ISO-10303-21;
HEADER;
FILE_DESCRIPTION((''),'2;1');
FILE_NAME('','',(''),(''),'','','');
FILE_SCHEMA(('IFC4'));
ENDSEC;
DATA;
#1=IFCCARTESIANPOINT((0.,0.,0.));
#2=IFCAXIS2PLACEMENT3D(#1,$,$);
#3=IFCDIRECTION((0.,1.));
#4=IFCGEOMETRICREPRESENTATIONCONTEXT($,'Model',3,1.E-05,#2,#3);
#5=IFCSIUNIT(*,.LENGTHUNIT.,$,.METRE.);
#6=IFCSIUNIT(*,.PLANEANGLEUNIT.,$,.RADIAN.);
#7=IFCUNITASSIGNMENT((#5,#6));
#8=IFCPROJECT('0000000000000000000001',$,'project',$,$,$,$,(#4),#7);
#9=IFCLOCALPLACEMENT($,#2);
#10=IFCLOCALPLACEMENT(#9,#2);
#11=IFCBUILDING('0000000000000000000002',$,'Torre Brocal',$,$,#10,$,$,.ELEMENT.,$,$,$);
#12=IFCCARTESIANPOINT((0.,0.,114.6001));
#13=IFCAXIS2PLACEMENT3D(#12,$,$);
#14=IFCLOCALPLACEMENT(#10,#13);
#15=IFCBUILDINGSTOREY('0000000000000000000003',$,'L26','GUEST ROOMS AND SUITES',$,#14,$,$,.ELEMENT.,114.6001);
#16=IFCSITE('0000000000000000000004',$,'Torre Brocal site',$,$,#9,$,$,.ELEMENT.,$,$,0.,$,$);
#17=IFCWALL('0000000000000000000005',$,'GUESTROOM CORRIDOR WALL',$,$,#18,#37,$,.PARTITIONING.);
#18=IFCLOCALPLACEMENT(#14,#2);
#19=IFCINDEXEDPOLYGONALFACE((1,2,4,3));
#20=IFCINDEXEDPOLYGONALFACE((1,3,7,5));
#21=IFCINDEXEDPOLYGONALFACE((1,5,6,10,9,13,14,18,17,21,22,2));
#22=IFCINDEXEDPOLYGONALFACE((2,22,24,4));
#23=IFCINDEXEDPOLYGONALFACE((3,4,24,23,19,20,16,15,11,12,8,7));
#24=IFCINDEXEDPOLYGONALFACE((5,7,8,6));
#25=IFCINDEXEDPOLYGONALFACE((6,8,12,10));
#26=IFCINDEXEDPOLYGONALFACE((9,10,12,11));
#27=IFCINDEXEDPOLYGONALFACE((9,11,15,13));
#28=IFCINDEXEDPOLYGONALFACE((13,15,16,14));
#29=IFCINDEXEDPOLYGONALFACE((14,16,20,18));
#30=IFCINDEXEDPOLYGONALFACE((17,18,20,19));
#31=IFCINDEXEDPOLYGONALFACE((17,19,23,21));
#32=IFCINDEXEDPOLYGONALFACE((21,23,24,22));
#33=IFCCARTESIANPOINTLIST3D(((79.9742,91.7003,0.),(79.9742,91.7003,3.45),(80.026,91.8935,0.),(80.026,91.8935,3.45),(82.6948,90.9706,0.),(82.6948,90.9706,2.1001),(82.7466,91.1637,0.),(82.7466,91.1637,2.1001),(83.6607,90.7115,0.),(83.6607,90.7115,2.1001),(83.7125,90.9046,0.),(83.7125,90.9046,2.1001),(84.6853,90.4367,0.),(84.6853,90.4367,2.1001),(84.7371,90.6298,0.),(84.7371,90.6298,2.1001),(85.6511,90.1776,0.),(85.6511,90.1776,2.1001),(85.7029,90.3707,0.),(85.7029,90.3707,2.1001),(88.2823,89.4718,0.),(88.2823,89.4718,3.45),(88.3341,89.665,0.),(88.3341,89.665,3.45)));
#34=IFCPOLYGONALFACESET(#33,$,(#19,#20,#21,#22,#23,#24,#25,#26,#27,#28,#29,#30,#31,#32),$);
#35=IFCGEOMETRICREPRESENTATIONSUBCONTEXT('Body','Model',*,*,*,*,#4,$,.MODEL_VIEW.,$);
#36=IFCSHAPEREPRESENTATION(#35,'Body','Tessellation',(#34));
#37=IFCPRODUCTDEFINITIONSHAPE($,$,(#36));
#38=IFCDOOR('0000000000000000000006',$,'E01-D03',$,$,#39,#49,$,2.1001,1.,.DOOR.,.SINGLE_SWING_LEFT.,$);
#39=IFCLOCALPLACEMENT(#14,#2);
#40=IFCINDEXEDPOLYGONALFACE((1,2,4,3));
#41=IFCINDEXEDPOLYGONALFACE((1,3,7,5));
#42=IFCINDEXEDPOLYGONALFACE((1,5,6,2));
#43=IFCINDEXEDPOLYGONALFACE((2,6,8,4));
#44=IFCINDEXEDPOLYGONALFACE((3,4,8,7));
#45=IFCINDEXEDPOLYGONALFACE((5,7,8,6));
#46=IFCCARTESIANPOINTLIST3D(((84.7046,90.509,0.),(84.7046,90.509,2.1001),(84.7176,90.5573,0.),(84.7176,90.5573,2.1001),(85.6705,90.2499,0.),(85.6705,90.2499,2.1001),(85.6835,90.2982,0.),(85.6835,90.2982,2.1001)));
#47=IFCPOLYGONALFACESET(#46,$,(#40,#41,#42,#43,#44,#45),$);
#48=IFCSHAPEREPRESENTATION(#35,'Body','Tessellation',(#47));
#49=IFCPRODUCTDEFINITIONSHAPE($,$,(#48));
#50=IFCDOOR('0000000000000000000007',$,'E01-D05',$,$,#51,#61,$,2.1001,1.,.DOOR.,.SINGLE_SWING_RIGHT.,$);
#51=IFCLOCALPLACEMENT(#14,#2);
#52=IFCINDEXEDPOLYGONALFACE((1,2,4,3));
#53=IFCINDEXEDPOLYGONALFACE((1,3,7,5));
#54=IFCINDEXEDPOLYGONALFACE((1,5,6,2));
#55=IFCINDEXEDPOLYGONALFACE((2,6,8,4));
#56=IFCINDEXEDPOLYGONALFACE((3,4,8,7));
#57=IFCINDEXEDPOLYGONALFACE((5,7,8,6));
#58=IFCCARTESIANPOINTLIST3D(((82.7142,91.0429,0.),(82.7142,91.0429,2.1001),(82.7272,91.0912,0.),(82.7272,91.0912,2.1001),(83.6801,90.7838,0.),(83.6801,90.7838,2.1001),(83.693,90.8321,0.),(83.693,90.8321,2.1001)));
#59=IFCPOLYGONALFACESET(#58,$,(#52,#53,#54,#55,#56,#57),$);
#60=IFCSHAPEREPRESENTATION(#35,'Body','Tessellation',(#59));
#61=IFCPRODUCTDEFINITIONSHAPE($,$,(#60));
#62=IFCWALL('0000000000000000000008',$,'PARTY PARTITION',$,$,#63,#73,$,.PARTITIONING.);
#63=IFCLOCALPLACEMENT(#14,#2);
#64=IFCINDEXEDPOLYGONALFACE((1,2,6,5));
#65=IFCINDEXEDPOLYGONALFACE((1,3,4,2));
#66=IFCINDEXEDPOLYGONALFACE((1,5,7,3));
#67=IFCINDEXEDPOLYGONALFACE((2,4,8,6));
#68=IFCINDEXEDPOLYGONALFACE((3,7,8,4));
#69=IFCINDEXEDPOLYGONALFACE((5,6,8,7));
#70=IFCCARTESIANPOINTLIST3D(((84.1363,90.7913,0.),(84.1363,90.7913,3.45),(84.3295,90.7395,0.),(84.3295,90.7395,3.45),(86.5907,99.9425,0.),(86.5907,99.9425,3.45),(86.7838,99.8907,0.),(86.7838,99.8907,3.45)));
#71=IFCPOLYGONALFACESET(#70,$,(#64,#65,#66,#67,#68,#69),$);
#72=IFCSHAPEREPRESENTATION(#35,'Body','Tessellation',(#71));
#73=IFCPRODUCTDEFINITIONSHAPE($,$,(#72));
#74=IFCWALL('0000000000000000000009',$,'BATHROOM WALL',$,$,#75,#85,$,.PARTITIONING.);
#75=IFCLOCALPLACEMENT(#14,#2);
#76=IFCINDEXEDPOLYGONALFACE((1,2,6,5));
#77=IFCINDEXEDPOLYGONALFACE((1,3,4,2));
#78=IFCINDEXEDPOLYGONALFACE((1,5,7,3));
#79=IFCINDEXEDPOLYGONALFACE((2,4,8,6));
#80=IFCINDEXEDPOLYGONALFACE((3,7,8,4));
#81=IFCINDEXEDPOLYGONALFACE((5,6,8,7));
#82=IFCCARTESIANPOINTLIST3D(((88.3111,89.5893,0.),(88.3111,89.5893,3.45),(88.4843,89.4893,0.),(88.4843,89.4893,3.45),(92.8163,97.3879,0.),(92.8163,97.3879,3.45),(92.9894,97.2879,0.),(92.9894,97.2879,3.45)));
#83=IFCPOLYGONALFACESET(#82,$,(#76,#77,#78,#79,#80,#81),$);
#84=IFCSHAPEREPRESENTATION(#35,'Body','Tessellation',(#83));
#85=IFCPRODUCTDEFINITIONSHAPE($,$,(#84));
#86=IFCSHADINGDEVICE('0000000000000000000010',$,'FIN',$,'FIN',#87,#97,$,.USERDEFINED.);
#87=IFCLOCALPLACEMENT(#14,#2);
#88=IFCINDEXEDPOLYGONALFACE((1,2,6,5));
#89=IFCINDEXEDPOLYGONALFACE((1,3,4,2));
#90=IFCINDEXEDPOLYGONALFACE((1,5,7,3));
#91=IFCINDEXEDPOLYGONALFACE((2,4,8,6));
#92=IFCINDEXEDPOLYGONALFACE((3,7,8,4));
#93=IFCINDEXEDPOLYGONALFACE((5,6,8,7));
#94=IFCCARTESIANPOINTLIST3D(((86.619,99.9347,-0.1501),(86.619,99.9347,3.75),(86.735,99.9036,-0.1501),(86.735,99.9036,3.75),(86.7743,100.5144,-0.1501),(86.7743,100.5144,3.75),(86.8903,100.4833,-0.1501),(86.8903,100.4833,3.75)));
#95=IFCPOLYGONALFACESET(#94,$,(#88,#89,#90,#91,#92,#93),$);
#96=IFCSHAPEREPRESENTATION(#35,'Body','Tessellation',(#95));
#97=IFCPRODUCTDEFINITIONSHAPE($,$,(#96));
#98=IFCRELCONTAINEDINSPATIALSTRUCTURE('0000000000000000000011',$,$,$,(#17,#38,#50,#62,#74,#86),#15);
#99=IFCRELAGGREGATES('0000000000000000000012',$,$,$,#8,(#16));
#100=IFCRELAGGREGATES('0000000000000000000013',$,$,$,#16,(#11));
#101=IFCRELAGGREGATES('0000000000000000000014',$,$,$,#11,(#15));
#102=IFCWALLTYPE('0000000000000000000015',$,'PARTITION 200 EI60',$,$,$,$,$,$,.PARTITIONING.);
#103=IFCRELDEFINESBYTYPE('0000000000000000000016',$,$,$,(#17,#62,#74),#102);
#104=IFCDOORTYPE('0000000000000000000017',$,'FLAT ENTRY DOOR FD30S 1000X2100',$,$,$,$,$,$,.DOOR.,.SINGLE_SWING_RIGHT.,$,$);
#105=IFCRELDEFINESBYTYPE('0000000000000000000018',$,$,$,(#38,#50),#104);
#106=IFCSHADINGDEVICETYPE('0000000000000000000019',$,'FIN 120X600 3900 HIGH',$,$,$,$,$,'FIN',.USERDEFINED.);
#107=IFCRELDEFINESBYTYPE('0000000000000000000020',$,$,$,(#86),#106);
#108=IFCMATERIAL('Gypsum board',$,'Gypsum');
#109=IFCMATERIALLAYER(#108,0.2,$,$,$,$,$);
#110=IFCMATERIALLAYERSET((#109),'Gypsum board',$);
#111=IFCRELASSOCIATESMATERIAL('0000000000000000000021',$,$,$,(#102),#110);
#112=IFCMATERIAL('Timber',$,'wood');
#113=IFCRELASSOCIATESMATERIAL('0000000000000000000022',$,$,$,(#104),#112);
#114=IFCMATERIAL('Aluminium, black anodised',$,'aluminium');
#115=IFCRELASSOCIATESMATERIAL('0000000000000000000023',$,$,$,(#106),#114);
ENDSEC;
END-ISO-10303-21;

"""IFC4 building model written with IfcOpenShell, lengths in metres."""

from ifc_helpers import new_model, si_unit, direction, frame, frame_2d, origin, origin_2d, place, context, subcontext, project, spatial, rectangle, extrude, material, layer, layer_set, material_profile, profile_set, type_object, element, fill, save


model = new_model("IFC4")

# Units and contexts
model_context = context("Model", 3, precision=1e-05, world=origin(), true_north=direction((0.0, 1.0)))
body_context = subcontext(model_context, "Body", "Model", "MODEL_VIEW")
ifc_project = project(units=[si_unit("LENGTHUNIT", "METRE"), si_unit("PLANEANGLEUNIT", "RADIAN")], contexts=[model_context])

# Site, building, storey
site_placement = place(None, origin())
site = spatial("IfcSite", under=ifc_project, at=site_placement, Name="Torre Brocal site", CompositionType="ELEMENT", RefElevation=0.0)
building_placement = place(site_placement, origin())
building = spatial("IfcBuilding", under=site, at=building_placement, Name="Torre Brocal", CompositionType="ELEMENT")
storey_placement = place(building_placement, frame((0.0, 0.0, 114.6001)))
storey = spatial("IfcBuildingStorey", under=building, at=storey_placement, Name="L26", Description="GUEST ROOMS AND SUITES", CompositionType="ELEMENT", Elevation=114.6001)

# Shared definitions
ifc_material_1 = material(Name="Gypsum board", Category="Gypsum")
ifc_layer_1 = layer(ifc_material_1, 0.2)
ifc_layer_set_1 = layer_set([ifc_layer_1], Name="Gypsum board")
wall_type_1 = type_object("IfcWallType", Name="PARTITION 200 EI60", PredefinedType="PARTITIONING", material=ifc_layer_set_1)
ifc_material_2 = material(Name="Timber", Category="wood")
door_type_1 = type_object("IfcDoorType", Name="FLAT ENTRY DOOR FD30S 1000X2100", OperationType="SINGLE_SWING_RIGHT", PredefinedType="DOOR", material=ifc_material_2)

# Wall, openings, doors
wall_1_placement = place(storey_placement, frame((80.0002, 91.7969, 0.0), z_axis=(0.0, 0.0, 1.0), x_axis=(0.965857, -0.259076, 0.0)))
wall_1 = element("IfcWall", 1, at=wall_1_placement, inside=storey, type_object=wall_type_1, Name="GUESTROOM CORRIDOR WALL", PredefinedType="PARTITIONING", context=body_context, shape_type="SweptSolid", body=[
    extrude(rectangle(XDim=8.6018, YDim=0.2, at=frame_2d((4.3008, 0.0))), origin(), (0.0, 0.0, 1.0), 3.45),
])
opening_1_placement = place(wall_1_placement, frame((4.8774, 0.0, 0.0)))
opening_1 = element("IfcOpeningElement", 2, at=opening_1_placement, cuts=wall_1, PredefinedType="OPENING", context=body_context, shape_type="SweptSolid", body=[
    extrude(rectangle(XDim=1.0, YDim=2.1001, at=frame_2d((0.5, 1.05))), frame((0.0, 0.1099, 0.0), z_axis=(0.0, -1.0, 0.0), x_axis=(1.0, 0.0, 0.0)), (0.0, 0.0, 1.0), 0.22),
])
opening_2_placement = place(wall_1_placement, frame((2.8167, 0.0, 0.0)))
opening_2 = element("IfcOpeningElement", 3, at=opening_2_placement, cuts=wall_1, PredefinedType="OPENING", context=body_context, shape_type="SweptSolid", body=[
    extrude(rectangle(XDim=1.0, YDim=2.1001, at=frame_2d((0.5, 1.05))), frame((0.0, 0.1099, 0.0), z_axis=(0.0, -1.0, 0.0), x_axis=(1.0, 0.0, 0.0)), (0.0, 0.0, 1.0), 0.22),
])
door_1_placement = place(opening_1_placement, origin())
door_1 = element("IfcDoor", 4, at=door_1_placement, inside=storey, type_object=door_type_1, Name="E01-D03", OperationType="SINGLE_SWING_LEFT", OverallHeight=2.1001, OverallWidth=1.0, PredefinedType="DOOR", context=body_context, shape_type="SweptSolid", body=[
    extrude(rectangle(XDim=1.0, YDim=2.1001, at=frame_2d((0.5, 1.05))), frame((0.0, 0.0249, 0.0), z_axis=(0.0, -1.0, 0.0), x_axis=(1.0, 0.0, 0.0)), (0.0, 0.0, 1.0), 0.05),
])
fill(opening_1, door_1)
door_2_placement = place(opening_2_placement, origin())
door_2 = element("IfcDoor", 5, at=door_2_placement, inside=storey, type_object=door_type_1, Name="E01-D05", OperationType="SINGLE_SWING_RIGHT", OverallHeight=2.1001, OverallWidth=1.0, PredefinedType="DOOR", context=body_context, shape_type="SweptSolid", body=[
    extrude(rectangle(XDim=1.0, YDim=2.1001, at=frame_2d((0.5, 1.05))), frame((0.0, 0.0249, 0.0), z_axis=(0.0, -1.0, 0.0), x_axis=(1.0, 0.0, 0.0)), (0.0, 0.0, 1.0), 0.05),
])
fill(opening_2, door_2)

# Walls
wall_2_placement = place(storey_placement, frame((84.2329, 90.7654, 0.0), z_axis=(0.0, 0.0, 1.0), x_axis=(0.259046, 0.965865, 0.0)))
element("IfcWall", 6, at=wall_2_placement, inside=storey, type_object=wall_type_1, Name="PARTY PARTITION", PredefinedType="PARTITIONING", context=body_context, shape_type="SweptSolid", body=[
    extrude(rectangle(XDim=9.4746, YDim=0.2, at=frame_2d((4.7373, 0.0))), origin(), (0.0, 0.0, 1.0), 3.45),
])
wall_3_placement = place(storey_placement, frame((88.3977, 89.5393, 0.0), z_axis=(0.0, 0.0, 1.0), x_axis=(0.500218, 0.8659, 0.0)))
element("IfcWall", 7, at=wall_3_placement, inside=storey, type_object=wall_type_1, Name="BATHROOM WALL", PredefinedType="PARTITIONING", context=body_context, shape_type="SweptSolid", body=[
    extrude(rectangle(XDim=9.0063, YDim=0.2, at=frame_2d((4.5032, 0.0))), origin(), (0.0, 0.0, 1.0), 3.45),
])

# Shading device
ifc_material_3 = material(Name="Aluminium, black anodised", Category="aluminium")
ifc_material_profile_1 = material_profile(ifc_material_3, rectangle(XDim=0.1201, YDim=0.6001, at=origin_2d()), Name="FIN 120X600 3900 HIGH")
ifc_profile_set_1 = profile_set([ifc_material_profile_1], Name="Aluminium, black anodised")
shading_device_type = type_object("IfcShadingDeviceType", Name="FIN 120X600 3900 HIGH", ElementType="FIN", PredefinedType="USERDEFINED", material=ifc_profile_set_1)
shading_device_placement = place(storey_placement, frame((86.7546, 100.209, -0.1501), z_axis=(0.0, 0.0, 1.0), x_axis=(-0.965926, 0.258819, 0.0)))
element("IfcShadingDevice", 8, at=shading_device_placement, inside=storey, type_object=shading_device_type, Name="FIN", ObjectType="FIN", PredefinedType="USERDEFINED", context=body_context, shape_type="SweptSolid", body=[
    extrude(rectangle(XDim=0.1201, YDim=0.6001, at=origin_2d()), origin(), (0.0, 0.0, 1.0), 3.9001),
])

save(model, "model.ifc")
